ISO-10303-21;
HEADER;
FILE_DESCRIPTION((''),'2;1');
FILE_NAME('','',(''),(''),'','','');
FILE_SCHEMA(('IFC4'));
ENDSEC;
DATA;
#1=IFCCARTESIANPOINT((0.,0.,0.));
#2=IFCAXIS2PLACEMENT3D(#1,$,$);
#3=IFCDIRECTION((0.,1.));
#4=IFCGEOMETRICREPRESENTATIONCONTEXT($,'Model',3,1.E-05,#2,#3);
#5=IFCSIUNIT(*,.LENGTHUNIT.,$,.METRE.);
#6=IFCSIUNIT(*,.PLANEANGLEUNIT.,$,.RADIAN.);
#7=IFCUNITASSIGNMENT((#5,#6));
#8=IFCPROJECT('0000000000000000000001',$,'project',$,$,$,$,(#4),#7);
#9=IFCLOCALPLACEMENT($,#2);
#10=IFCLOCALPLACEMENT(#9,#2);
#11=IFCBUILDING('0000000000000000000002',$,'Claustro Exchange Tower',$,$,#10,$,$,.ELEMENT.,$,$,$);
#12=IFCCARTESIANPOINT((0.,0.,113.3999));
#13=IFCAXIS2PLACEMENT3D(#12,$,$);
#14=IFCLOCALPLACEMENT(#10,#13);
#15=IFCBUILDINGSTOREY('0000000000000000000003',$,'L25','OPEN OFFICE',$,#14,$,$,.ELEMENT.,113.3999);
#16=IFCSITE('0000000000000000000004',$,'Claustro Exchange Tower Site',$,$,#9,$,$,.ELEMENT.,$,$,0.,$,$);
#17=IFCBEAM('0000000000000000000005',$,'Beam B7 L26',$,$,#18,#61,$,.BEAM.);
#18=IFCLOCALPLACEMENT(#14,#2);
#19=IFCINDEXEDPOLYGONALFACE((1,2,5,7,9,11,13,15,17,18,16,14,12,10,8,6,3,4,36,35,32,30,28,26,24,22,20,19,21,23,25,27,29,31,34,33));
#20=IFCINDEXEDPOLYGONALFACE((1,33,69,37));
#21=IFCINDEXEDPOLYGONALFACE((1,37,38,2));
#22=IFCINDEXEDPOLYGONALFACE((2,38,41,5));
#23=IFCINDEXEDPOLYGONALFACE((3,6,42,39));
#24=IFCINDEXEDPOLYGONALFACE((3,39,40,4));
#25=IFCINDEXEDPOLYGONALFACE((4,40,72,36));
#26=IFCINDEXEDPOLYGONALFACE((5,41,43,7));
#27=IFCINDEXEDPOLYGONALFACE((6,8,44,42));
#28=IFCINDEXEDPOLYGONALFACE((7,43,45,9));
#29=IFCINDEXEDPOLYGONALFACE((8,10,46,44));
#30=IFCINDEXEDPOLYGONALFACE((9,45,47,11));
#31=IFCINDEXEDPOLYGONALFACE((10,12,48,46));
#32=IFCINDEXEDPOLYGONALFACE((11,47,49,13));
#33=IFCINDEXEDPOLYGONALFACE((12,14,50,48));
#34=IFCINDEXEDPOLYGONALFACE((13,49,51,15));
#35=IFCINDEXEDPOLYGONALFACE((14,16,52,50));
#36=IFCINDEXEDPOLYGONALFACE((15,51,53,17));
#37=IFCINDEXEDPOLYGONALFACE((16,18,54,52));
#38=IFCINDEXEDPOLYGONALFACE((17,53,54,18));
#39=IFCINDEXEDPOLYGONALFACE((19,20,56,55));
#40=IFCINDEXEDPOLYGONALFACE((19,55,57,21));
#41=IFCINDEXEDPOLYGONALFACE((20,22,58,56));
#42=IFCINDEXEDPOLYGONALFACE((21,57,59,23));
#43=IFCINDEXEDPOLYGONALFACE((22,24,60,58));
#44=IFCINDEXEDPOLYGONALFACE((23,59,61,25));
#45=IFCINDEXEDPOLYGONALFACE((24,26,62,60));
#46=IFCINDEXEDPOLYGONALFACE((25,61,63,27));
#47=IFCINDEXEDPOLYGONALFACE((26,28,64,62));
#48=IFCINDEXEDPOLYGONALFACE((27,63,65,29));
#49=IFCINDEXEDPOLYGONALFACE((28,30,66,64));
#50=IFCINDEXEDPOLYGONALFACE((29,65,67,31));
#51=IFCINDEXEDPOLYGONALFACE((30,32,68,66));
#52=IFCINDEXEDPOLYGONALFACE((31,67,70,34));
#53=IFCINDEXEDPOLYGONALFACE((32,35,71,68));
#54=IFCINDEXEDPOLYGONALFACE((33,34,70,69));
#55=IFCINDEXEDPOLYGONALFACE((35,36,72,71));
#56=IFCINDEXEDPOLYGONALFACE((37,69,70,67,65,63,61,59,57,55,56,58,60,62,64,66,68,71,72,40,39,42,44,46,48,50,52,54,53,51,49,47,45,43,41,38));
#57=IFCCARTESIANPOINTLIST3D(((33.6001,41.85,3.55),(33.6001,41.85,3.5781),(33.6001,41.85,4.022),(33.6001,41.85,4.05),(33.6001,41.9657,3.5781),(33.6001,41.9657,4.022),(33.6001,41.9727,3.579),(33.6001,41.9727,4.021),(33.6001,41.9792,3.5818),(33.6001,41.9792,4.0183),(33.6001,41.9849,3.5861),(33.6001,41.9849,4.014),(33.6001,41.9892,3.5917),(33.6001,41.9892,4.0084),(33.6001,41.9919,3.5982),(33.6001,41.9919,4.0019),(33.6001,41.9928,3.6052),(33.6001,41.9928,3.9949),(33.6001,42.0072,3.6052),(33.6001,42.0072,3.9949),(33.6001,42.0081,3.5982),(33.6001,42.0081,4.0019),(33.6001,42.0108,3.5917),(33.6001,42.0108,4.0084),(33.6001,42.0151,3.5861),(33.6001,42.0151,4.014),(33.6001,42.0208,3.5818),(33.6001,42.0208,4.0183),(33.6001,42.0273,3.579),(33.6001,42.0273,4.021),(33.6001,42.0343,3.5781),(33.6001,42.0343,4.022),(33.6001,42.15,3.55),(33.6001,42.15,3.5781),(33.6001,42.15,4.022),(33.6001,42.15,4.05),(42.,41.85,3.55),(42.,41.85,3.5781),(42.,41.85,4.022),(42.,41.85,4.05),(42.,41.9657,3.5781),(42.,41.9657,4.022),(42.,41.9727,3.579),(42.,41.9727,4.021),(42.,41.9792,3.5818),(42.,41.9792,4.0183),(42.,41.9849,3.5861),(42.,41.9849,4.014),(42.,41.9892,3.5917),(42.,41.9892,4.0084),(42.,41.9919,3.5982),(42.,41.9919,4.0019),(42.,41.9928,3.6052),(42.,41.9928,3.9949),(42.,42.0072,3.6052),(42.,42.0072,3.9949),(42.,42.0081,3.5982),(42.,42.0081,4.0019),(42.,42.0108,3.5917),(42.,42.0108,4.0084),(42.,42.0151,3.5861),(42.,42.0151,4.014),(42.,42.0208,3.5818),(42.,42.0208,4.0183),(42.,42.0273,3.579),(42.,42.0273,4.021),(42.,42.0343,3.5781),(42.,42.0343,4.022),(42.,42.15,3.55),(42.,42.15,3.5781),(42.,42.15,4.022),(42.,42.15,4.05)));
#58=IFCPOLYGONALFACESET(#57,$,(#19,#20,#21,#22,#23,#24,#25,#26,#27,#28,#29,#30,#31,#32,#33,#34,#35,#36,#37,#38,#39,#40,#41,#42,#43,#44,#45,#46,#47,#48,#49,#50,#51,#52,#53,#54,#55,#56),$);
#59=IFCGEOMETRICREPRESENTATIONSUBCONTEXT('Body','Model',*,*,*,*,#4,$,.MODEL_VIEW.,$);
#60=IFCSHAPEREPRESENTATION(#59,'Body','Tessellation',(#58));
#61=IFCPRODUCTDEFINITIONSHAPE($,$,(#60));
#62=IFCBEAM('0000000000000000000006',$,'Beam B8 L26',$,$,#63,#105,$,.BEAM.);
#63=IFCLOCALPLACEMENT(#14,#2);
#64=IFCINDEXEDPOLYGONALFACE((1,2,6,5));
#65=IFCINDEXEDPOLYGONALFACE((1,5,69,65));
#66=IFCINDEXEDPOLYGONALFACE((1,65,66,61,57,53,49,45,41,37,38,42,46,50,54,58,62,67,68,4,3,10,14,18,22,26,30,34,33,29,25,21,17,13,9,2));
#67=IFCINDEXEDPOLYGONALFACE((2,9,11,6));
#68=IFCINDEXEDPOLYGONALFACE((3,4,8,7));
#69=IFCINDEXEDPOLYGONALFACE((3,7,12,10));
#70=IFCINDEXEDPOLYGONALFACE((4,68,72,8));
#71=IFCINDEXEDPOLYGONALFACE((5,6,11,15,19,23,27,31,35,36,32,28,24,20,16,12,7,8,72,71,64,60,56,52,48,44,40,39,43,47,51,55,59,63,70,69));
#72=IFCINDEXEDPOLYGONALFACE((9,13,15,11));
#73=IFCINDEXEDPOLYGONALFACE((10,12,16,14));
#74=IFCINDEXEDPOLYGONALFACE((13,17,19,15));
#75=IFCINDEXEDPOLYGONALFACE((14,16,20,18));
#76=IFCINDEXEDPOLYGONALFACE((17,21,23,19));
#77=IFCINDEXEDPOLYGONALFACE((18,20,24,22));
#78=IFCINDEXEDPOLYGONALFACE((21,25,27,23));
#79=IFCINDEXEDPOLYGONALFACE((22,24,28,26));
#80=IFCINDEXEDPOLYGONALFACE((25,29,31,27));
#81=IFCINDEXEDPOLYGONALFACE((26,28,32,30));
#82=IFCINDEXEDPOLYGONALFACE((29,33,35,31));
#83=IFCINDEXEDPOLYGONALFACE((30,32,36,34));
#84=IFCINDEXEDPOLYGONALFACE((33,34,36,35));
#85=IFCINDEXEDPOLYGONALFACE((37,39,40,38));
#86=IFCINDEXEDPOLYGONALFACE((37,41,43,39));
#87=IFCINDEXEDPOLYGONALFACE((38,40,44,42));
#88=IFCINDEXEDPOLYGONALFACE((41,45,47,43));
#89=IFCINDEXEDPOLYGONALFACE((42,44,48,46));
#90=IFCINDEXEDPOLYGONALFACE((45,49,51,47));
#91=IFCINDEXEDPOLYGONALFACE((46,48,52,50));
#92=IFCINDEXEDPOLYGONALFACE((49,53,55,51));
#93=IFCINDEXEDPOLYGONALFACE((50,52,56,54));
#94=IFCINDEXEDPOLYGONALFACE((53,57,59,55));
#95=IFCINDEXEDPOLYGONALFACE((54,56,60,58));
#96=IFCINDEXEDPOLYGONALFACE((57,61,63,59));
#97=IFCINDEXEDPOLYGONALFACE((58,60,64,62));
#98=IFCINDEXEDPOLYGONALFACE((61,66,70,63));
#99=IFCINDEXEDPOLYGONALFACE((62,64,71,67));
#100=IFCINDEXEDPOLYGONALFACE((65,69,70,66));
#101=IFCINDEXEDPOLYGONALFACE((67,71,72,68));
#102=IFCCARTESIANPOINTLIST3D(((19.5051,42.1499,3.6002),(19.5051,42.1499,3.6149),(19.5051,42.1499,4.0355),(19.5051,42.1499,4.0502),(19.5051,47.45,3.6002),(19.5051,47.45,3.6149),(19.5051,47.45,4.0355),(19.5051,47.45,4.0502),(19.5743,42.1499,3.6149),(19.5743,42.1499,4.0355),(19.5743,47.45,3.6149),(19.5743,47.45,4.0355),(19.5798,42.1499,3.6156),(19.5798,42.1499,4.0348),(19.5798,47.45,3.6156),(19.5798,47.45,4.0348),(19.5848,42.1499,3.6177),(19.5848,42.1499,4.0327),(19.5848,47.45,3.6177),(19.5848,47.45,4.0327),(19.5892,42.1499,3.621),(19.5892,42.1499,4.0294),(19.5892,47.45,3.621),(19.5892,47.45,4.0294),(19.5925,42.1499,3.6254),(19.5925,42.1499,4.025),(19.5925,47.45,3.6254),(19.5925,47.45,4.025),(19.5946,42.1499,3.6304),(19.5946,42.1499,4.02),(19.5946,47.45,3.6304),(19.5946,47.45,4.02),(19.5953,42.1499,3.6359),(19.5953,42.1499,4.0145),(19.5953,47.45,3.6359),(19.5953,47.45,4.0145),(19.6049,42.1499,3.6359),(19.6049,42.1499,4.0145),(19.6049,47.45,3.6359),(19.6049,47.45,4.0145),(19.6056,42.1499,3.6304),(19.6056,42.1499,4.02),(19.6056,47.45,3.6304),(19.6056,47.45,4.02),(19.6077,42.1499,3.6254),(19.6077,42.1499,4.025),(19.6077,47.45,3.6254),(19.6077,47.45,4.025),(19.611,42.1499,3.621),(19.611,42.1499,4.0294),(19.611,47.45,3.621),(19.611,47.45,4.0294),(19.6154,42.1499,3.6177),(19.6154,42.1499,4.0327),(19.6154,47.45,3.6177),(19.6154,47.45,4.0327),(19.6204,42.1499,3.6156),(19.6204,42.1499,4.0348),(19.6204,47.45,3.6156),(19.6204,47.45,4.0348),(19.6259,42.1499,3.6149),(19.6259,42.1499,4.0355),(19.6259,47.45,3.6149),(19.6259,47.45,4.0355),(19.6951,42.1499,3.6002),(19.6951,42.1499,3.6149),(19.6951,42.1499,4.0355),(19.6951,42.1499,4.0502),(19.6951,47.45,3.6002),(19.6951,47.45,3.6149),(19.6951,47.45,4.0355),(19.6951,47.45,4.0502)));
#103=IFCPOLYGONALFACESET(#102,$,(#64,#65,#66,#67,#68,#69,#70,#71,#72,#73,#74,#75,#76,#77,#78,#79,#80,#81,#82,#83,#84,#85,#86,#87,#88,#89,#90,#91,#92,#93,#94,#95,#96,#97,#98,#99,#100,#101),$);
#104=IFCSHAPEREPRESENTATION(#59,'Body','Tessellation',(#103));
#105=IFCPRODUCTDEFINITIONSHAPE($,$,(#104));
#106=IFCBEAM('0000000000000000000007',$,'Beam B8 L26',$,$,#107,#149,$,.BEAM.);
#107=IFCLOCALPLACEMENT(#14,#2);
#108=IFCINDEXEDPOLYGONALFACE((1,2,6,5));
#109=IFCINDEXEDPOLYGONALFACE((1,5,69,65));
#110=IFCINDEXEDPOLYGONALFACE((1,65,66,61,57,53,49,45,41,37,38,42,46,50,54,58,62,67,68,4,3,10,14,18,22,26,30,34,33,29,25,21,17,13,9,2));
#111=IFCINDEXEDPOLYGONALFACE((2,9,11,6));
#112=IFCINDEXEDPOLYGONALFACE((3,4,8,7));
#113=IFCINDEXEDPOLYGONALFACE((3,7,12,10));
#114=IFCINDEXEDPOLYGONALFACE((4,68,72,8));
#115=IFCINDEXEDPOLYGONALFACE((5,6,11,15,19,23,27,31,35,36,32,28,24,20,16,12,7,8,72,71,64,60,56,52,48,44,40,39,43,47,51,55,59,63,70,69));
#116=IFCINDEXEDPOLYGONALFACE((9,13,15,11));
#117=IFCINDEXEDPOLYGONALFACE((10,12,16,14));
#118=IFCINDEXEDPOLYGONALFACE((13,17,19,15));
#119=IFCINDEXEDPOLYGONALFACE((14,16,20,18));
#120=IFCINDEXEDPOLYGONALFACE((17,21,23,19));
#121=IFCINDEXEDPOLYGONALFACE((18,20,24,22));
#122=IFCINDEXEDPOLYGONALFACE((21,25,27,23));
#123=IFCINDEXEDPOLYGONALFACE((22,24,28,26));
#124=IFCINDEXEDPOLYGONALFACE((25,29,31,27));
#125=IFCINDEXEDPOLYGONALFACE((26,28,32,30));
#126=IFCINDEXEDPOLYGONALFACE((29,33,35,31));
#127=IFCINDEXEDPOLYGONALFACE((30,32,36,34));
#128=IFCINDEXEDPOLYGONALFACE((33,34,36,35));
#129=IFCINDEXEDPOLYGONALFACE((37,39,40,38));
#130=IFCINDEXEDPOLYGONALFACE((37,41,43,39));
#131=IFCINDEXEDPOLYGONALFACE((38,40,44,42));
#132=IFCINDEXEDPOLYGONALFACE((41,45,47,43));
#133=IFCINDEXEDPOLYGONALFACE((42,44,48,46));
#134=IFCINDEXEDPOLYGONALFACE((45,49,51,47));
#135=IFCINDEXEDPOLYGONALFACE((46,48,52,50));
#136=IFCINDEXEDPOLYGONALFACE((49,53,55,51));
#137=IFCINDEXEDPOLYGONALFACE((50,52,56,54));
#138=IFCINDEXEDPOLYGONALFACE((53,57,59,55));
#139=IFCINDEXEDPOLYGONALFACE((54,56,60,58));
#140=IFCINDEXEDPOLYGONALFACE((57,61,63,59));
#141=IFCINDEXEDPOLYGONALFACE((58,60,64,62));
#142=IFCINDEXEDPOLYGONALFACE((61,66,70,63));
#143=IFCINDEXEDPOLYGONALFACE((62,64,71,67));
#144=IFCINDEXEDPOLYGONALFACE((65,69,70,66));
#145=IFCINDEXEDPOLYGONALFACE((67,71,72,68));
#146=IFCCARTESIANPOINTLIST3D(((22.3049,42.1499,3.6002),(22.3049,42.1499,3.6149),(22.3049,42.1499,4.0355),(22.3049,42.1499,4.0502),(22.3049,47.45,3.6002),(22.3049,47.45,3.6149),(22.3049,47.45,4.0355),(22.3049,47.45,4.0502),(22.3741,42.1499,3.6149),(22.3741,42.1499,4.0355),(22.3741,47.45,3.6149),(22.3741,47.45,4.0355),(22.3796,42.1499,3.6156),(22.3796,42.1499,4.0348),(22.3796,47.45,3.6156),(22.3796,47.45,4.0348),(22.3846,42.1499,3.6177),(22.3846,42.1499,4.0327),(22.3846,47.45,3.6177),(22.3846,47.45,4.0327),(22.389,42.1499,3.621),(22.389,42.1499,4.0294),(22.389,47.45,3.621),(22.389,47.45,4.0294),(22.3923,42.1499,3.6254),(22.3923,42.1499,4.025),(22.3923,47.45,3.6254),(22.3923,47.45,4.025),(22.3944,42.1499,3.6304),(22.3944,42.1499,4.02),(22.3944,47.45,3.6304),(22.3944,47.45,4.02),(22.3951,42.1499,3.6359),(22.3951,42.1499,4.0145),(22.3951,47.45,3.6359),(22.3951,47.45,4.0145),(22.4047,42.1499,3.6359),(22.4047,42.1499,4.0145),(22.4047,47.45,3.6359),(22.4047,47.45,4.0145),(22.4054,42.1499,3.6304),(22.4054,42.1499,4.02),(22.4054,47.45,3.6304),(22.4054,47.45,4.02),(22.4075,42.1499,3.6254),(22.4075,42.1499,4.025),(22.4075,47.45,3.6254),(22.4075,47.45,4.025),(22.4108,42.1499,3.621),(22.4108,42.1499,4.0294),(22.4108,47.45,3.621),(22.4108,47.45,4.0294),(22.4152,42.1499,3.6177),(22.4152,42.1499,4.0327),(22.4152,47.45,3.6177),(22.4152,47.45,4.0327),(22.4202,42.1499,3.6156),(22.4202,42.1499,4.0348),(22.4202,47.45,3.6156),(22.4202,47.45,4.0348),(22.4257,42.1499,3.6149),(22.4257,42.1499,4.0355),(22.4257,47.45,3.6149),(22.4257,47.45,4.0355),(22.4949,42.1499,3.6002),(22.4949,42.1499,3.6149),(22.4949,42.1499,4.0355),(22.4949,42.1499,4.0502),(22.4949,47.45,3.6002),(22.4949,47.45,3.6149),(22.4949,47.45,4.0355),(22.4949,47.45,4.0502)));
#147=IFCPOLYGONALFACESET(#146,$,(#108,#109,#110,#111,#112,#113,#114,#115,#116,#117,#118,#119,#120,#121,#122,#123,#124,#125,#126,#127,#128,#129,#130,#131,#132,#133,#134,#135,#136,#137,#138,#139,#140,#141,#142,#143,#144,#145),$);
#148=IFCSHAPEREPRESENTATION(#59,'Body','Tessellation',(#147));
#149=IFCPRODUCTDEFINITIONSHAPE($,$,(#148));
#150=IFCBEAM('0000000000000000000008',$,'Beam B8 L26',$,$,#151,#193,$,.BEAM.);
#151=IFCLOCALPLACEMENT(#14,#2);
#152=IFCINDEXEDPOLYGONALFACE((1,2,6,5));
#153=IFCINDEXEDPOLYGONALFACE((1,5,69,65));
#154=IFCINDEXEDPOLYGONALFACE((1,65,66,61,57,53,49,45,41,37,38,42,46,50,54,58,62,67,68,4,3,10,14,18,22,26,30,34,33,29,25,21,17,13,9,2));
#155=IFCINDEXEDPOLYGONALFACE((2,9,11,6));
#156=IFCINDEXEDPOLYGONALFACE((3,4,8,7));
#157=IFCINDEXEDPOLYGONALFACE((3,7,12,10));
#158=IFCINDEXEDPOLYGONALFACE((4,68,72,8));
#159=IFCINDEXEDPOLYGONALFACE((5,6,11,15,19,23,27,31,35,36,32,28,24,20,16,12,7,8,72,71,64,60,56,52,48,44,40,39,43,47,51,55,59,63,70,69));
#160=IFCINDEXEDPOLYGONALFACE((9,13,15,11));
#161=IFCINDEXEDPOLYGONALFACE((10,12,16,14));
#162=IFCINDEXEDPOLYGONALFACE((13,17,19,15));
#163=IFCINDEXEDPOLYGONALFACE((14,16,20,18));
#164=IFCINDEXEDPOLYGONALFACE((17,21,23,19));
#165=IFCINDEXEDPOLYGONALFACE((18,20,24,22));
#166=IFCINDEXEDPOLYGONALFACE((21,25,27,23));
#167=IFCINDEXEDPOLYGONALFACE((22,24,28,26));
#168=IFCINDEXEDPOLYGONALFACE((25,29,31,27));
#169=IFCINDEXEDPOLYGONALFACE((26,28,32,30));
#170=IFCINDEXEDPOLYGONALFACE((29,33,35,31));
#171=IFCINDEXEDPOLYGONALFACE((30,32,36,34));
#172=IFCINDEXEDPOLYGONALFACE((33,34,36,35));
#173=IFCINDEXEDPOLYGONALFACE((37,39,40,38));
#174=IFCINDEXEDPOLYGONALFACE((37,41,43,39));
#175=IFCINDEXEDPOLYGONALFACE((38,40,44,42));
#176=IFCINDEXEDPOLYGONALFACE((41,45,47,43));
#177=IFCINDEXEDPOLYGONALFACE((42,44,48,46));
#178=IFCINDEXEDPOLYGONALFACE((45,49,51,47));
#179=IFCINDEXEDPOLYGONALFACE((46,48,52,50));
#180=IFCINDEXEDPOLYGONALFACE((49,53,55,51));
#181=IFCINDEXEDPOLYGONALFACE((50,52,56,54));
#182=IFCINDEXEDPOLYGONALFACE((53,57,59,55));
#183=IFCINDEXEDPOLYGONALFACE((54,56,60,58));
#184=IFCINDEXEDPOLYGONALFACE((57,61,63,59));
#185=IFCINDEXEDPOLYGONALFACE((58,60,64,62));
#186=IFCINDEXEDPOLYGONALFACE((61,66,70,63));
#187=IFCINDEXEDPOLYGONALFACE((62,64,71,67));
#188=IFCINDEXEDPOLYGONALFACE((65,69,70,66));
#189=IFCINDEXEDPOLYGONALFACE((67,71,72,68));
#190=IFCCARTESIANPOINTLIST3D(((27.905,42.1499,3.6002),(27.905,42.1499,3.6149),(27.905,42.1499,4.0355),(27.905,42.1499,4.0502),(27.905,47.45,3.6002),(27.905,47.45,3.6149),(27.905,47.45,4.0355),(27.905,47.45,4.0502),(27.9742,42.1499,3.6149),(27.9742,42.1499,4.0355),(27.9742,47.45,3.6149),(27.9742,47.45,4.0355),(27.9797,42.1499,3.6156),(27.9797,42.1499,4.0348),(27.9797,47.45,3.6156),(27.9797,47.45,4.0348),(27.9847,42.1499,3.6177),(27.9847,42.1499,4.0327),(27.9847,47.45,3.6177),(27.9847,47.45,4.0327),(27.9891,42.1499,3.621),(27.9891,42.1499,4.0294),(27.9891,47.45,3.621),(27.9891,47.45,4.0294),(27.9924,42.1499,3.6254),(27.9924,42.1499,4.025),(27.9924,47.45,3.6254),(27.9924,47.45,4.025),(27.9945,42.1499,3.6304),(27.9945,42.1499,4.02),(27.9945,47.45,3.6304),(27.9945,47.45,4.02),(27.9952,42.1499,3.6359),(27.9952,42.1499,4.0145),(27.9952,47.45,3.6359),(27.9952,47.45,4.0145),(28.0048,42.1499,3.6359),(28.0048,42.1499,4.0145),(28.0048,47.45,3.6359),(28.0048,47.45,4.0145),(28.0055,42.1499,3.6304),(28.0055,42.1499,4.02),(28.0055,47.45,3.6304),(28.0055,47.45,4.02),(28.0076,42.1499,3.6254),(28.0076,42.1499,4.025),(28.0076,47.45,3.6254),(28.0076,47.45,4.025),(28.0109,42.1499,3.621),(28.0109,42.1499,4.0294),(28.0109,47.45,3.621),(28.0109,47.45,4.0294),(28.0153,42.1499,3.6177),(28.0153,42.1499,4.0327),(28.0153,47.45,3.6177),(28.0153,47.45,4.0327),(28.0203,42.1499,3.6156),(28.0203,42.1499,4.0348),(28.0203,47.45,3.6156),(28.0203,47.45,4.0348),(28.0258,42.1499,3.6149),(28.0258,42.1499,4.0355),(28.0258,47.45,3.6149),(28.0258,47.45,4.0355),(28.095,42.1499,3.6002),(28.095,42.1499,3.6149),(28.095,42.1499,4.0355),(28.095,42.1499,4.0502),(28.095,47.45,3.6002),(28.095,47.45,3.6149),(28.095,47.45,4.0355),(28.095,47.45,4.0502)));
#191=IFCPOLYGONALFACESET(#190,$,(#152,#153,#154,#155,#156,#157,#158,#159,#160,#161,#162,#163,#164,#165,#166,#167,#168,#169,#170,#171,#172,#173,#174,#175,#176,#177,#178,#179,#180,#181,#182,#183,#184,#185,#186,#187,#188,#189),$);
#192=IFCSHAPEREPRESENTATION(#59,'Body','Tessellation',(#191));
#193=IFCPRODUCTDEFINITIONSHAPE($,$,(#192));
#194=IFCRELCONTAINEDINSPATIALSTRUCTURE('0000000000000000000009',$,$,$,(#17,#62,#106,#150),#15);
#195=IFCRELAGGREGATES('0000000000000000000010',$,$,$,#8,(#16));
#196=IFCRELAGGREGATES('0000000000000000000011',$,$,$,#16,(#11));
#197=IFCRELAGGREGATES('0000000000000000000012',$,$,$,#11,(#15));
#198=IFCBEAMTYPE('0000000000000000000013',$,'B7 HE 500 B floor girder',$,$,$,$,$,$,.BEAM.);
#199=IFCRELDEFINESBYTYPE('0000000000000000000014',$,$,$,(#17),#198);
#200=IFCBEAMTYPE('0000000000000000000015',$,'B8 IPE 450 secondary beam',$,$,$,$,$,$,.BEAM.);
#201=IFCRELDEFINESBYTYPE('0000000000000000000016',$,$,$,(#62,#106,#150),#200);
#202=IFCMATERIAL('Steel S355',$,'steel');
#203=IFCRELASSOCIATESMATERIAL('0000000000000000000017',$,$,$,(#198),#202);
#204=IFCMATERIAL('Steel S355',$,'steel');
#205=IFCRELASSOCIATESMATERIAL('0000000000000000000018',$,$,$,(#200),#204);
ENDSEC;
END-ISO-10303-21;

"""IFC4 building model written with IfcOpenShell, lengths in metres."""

from ifc_helpers import new_model, si_unit, direction, frame, origin, origin_2d, place, context, subcontext, project, spatial, i_section, extrude, material, material_profile, profile_set, type_object, element, save


model = new_model("IFC4")

# Units and contexts
model_context = context("Model", 3, precision=1e-05, world=origin(), true_north=direction((0.0, 1.0)))
body_context = subcontext(model_context, "Body", "Model", "MODEL_VIEW")
ifc_project = project(units=[si_unit("LENGTHUNIT", "METRE"), si_unit("PLANEANGLEUNIT", "RADIAN")], contexts=[model_context])

# Site, building, storey
site_placement = place(None, origin())
site = spatial("IfcSite", under=ifc_project, at=site_placement, Name="Claustro Exchange Tower Site", CompositionType="ELEMENT", RefElevation=0.0)
building_placement = place(site_placement, origin())
building = spatial("IfcBuilding", under=site, at=building_placement, Name="Claustro Exchange Tower", CompositionType="ELEMENT")
storey_placement = place(building_placement, frame((0.0, 0.0, 113.3999)))
storey = spatial("IfcBuildingStorey", under=building, at=storey_placement, Name="L25", Description="OPEN OFFICE", CompositionType="ELEMENT", Elevation=113.3999)

# Beams
ifc_material_1 = material(Name="Steel S355", Category="steel")
ifc_material_profile_1 = material_profile(ifc_material_1, i_section(OverallWidth=0.3, OverallDepth=0.5, WebThickness=0.0144, FlangeThickness=0.0281, FilletRadius=0.0271, at=origin_2d()), Name="HE 500 B")
ifc_profile_set_1 = profile_set([ifc_material_profile_1], Name="Steel S355")
beam_type_1 = type_object("IfcBeamType", Name="B7 HE 500 B floor girder", PredefinedType="BEAM", material=ifc_profile_set_1)
beam_1_placement = place(storey_placement, frame((33.6001, 42.0, 3.8), z_axis=(1.0, 0.0, 0.0), x_axis=(0.0, 1.0, 0.0)))
element("IfcBeam", 1, at=beam_1_placement, inside=storey, type_object=beam_type_1, Name="Beam B7 L26", PredefinedType="BEAM", context=body_context, shape_type="SweptSolid", body=[
    extrude(i_section(OverallWidth=0.3, OverallDepth=0.5, WebThickness=0.0144, FlangeThickness=0.0281, FilletRadius=0.0271, at=origin_2d()), origin(), (0.0, 0.0, 1.0), 8.3999),
])
ifc_material_2 = material(Name="Steel S355", Category="steel")
ifc_material_profile_2 = material_profile(ifc_material_2, i_section(OverallWidth=0.1899, OverallDepth=0.45, WebThickness=0.0095, FlangeThickness=0.0146, FilletRadius=0.021, at=origin_2d()), Name="IPE 450")
ifc_profile_set_2 = profile_set([ifc_material_profile_2], Name="Steel S355")
beam_type_2 = type_object("IfcBeamType", Name="B8 IPE 450 secondary beam", PredefinedType="BEAM", material=ifc_profile_set_2)
for number, where, z_axis, x_axis, name in (
    (2, (19.6001, 42.1499, 3.8252), (0.0, 1.0, 0.0), (-1.0, 0.0, 0.0), "Beam B8 L26"),
    (3, (22.3999, 42.1499, 3.8252), (0.0, 1.0, 0.0), (-1.0, 0.0, 0.0), "Beam B8 L26"),
    (4, (28.0, 42.1499, 3.8252), (0.0, 1.0, 0.0), (-1.0, 0.0, 0.0), "Beam B8 L26"),
):
    element("IfcBeam", number, at=place(storey_placement, frame(where, z_axis=z_axis, x_axis=x_axis)), inside=storey, type_object=beam_type_2, Name=name, PredefinedType="BEAM", context=body_context, shape_type="SweptSolid", body=[
        extrude(i_section(OverallWidth=0.1899, OverallDepth=0.45, WebThickness=0.0095, FlangeThickness=0.0146, FilletRadius=0.021, at=origin_2d()), origin(), (0.0, 0.0, 1.0), 5.3),
    ])

save(model, "model.ifc")
